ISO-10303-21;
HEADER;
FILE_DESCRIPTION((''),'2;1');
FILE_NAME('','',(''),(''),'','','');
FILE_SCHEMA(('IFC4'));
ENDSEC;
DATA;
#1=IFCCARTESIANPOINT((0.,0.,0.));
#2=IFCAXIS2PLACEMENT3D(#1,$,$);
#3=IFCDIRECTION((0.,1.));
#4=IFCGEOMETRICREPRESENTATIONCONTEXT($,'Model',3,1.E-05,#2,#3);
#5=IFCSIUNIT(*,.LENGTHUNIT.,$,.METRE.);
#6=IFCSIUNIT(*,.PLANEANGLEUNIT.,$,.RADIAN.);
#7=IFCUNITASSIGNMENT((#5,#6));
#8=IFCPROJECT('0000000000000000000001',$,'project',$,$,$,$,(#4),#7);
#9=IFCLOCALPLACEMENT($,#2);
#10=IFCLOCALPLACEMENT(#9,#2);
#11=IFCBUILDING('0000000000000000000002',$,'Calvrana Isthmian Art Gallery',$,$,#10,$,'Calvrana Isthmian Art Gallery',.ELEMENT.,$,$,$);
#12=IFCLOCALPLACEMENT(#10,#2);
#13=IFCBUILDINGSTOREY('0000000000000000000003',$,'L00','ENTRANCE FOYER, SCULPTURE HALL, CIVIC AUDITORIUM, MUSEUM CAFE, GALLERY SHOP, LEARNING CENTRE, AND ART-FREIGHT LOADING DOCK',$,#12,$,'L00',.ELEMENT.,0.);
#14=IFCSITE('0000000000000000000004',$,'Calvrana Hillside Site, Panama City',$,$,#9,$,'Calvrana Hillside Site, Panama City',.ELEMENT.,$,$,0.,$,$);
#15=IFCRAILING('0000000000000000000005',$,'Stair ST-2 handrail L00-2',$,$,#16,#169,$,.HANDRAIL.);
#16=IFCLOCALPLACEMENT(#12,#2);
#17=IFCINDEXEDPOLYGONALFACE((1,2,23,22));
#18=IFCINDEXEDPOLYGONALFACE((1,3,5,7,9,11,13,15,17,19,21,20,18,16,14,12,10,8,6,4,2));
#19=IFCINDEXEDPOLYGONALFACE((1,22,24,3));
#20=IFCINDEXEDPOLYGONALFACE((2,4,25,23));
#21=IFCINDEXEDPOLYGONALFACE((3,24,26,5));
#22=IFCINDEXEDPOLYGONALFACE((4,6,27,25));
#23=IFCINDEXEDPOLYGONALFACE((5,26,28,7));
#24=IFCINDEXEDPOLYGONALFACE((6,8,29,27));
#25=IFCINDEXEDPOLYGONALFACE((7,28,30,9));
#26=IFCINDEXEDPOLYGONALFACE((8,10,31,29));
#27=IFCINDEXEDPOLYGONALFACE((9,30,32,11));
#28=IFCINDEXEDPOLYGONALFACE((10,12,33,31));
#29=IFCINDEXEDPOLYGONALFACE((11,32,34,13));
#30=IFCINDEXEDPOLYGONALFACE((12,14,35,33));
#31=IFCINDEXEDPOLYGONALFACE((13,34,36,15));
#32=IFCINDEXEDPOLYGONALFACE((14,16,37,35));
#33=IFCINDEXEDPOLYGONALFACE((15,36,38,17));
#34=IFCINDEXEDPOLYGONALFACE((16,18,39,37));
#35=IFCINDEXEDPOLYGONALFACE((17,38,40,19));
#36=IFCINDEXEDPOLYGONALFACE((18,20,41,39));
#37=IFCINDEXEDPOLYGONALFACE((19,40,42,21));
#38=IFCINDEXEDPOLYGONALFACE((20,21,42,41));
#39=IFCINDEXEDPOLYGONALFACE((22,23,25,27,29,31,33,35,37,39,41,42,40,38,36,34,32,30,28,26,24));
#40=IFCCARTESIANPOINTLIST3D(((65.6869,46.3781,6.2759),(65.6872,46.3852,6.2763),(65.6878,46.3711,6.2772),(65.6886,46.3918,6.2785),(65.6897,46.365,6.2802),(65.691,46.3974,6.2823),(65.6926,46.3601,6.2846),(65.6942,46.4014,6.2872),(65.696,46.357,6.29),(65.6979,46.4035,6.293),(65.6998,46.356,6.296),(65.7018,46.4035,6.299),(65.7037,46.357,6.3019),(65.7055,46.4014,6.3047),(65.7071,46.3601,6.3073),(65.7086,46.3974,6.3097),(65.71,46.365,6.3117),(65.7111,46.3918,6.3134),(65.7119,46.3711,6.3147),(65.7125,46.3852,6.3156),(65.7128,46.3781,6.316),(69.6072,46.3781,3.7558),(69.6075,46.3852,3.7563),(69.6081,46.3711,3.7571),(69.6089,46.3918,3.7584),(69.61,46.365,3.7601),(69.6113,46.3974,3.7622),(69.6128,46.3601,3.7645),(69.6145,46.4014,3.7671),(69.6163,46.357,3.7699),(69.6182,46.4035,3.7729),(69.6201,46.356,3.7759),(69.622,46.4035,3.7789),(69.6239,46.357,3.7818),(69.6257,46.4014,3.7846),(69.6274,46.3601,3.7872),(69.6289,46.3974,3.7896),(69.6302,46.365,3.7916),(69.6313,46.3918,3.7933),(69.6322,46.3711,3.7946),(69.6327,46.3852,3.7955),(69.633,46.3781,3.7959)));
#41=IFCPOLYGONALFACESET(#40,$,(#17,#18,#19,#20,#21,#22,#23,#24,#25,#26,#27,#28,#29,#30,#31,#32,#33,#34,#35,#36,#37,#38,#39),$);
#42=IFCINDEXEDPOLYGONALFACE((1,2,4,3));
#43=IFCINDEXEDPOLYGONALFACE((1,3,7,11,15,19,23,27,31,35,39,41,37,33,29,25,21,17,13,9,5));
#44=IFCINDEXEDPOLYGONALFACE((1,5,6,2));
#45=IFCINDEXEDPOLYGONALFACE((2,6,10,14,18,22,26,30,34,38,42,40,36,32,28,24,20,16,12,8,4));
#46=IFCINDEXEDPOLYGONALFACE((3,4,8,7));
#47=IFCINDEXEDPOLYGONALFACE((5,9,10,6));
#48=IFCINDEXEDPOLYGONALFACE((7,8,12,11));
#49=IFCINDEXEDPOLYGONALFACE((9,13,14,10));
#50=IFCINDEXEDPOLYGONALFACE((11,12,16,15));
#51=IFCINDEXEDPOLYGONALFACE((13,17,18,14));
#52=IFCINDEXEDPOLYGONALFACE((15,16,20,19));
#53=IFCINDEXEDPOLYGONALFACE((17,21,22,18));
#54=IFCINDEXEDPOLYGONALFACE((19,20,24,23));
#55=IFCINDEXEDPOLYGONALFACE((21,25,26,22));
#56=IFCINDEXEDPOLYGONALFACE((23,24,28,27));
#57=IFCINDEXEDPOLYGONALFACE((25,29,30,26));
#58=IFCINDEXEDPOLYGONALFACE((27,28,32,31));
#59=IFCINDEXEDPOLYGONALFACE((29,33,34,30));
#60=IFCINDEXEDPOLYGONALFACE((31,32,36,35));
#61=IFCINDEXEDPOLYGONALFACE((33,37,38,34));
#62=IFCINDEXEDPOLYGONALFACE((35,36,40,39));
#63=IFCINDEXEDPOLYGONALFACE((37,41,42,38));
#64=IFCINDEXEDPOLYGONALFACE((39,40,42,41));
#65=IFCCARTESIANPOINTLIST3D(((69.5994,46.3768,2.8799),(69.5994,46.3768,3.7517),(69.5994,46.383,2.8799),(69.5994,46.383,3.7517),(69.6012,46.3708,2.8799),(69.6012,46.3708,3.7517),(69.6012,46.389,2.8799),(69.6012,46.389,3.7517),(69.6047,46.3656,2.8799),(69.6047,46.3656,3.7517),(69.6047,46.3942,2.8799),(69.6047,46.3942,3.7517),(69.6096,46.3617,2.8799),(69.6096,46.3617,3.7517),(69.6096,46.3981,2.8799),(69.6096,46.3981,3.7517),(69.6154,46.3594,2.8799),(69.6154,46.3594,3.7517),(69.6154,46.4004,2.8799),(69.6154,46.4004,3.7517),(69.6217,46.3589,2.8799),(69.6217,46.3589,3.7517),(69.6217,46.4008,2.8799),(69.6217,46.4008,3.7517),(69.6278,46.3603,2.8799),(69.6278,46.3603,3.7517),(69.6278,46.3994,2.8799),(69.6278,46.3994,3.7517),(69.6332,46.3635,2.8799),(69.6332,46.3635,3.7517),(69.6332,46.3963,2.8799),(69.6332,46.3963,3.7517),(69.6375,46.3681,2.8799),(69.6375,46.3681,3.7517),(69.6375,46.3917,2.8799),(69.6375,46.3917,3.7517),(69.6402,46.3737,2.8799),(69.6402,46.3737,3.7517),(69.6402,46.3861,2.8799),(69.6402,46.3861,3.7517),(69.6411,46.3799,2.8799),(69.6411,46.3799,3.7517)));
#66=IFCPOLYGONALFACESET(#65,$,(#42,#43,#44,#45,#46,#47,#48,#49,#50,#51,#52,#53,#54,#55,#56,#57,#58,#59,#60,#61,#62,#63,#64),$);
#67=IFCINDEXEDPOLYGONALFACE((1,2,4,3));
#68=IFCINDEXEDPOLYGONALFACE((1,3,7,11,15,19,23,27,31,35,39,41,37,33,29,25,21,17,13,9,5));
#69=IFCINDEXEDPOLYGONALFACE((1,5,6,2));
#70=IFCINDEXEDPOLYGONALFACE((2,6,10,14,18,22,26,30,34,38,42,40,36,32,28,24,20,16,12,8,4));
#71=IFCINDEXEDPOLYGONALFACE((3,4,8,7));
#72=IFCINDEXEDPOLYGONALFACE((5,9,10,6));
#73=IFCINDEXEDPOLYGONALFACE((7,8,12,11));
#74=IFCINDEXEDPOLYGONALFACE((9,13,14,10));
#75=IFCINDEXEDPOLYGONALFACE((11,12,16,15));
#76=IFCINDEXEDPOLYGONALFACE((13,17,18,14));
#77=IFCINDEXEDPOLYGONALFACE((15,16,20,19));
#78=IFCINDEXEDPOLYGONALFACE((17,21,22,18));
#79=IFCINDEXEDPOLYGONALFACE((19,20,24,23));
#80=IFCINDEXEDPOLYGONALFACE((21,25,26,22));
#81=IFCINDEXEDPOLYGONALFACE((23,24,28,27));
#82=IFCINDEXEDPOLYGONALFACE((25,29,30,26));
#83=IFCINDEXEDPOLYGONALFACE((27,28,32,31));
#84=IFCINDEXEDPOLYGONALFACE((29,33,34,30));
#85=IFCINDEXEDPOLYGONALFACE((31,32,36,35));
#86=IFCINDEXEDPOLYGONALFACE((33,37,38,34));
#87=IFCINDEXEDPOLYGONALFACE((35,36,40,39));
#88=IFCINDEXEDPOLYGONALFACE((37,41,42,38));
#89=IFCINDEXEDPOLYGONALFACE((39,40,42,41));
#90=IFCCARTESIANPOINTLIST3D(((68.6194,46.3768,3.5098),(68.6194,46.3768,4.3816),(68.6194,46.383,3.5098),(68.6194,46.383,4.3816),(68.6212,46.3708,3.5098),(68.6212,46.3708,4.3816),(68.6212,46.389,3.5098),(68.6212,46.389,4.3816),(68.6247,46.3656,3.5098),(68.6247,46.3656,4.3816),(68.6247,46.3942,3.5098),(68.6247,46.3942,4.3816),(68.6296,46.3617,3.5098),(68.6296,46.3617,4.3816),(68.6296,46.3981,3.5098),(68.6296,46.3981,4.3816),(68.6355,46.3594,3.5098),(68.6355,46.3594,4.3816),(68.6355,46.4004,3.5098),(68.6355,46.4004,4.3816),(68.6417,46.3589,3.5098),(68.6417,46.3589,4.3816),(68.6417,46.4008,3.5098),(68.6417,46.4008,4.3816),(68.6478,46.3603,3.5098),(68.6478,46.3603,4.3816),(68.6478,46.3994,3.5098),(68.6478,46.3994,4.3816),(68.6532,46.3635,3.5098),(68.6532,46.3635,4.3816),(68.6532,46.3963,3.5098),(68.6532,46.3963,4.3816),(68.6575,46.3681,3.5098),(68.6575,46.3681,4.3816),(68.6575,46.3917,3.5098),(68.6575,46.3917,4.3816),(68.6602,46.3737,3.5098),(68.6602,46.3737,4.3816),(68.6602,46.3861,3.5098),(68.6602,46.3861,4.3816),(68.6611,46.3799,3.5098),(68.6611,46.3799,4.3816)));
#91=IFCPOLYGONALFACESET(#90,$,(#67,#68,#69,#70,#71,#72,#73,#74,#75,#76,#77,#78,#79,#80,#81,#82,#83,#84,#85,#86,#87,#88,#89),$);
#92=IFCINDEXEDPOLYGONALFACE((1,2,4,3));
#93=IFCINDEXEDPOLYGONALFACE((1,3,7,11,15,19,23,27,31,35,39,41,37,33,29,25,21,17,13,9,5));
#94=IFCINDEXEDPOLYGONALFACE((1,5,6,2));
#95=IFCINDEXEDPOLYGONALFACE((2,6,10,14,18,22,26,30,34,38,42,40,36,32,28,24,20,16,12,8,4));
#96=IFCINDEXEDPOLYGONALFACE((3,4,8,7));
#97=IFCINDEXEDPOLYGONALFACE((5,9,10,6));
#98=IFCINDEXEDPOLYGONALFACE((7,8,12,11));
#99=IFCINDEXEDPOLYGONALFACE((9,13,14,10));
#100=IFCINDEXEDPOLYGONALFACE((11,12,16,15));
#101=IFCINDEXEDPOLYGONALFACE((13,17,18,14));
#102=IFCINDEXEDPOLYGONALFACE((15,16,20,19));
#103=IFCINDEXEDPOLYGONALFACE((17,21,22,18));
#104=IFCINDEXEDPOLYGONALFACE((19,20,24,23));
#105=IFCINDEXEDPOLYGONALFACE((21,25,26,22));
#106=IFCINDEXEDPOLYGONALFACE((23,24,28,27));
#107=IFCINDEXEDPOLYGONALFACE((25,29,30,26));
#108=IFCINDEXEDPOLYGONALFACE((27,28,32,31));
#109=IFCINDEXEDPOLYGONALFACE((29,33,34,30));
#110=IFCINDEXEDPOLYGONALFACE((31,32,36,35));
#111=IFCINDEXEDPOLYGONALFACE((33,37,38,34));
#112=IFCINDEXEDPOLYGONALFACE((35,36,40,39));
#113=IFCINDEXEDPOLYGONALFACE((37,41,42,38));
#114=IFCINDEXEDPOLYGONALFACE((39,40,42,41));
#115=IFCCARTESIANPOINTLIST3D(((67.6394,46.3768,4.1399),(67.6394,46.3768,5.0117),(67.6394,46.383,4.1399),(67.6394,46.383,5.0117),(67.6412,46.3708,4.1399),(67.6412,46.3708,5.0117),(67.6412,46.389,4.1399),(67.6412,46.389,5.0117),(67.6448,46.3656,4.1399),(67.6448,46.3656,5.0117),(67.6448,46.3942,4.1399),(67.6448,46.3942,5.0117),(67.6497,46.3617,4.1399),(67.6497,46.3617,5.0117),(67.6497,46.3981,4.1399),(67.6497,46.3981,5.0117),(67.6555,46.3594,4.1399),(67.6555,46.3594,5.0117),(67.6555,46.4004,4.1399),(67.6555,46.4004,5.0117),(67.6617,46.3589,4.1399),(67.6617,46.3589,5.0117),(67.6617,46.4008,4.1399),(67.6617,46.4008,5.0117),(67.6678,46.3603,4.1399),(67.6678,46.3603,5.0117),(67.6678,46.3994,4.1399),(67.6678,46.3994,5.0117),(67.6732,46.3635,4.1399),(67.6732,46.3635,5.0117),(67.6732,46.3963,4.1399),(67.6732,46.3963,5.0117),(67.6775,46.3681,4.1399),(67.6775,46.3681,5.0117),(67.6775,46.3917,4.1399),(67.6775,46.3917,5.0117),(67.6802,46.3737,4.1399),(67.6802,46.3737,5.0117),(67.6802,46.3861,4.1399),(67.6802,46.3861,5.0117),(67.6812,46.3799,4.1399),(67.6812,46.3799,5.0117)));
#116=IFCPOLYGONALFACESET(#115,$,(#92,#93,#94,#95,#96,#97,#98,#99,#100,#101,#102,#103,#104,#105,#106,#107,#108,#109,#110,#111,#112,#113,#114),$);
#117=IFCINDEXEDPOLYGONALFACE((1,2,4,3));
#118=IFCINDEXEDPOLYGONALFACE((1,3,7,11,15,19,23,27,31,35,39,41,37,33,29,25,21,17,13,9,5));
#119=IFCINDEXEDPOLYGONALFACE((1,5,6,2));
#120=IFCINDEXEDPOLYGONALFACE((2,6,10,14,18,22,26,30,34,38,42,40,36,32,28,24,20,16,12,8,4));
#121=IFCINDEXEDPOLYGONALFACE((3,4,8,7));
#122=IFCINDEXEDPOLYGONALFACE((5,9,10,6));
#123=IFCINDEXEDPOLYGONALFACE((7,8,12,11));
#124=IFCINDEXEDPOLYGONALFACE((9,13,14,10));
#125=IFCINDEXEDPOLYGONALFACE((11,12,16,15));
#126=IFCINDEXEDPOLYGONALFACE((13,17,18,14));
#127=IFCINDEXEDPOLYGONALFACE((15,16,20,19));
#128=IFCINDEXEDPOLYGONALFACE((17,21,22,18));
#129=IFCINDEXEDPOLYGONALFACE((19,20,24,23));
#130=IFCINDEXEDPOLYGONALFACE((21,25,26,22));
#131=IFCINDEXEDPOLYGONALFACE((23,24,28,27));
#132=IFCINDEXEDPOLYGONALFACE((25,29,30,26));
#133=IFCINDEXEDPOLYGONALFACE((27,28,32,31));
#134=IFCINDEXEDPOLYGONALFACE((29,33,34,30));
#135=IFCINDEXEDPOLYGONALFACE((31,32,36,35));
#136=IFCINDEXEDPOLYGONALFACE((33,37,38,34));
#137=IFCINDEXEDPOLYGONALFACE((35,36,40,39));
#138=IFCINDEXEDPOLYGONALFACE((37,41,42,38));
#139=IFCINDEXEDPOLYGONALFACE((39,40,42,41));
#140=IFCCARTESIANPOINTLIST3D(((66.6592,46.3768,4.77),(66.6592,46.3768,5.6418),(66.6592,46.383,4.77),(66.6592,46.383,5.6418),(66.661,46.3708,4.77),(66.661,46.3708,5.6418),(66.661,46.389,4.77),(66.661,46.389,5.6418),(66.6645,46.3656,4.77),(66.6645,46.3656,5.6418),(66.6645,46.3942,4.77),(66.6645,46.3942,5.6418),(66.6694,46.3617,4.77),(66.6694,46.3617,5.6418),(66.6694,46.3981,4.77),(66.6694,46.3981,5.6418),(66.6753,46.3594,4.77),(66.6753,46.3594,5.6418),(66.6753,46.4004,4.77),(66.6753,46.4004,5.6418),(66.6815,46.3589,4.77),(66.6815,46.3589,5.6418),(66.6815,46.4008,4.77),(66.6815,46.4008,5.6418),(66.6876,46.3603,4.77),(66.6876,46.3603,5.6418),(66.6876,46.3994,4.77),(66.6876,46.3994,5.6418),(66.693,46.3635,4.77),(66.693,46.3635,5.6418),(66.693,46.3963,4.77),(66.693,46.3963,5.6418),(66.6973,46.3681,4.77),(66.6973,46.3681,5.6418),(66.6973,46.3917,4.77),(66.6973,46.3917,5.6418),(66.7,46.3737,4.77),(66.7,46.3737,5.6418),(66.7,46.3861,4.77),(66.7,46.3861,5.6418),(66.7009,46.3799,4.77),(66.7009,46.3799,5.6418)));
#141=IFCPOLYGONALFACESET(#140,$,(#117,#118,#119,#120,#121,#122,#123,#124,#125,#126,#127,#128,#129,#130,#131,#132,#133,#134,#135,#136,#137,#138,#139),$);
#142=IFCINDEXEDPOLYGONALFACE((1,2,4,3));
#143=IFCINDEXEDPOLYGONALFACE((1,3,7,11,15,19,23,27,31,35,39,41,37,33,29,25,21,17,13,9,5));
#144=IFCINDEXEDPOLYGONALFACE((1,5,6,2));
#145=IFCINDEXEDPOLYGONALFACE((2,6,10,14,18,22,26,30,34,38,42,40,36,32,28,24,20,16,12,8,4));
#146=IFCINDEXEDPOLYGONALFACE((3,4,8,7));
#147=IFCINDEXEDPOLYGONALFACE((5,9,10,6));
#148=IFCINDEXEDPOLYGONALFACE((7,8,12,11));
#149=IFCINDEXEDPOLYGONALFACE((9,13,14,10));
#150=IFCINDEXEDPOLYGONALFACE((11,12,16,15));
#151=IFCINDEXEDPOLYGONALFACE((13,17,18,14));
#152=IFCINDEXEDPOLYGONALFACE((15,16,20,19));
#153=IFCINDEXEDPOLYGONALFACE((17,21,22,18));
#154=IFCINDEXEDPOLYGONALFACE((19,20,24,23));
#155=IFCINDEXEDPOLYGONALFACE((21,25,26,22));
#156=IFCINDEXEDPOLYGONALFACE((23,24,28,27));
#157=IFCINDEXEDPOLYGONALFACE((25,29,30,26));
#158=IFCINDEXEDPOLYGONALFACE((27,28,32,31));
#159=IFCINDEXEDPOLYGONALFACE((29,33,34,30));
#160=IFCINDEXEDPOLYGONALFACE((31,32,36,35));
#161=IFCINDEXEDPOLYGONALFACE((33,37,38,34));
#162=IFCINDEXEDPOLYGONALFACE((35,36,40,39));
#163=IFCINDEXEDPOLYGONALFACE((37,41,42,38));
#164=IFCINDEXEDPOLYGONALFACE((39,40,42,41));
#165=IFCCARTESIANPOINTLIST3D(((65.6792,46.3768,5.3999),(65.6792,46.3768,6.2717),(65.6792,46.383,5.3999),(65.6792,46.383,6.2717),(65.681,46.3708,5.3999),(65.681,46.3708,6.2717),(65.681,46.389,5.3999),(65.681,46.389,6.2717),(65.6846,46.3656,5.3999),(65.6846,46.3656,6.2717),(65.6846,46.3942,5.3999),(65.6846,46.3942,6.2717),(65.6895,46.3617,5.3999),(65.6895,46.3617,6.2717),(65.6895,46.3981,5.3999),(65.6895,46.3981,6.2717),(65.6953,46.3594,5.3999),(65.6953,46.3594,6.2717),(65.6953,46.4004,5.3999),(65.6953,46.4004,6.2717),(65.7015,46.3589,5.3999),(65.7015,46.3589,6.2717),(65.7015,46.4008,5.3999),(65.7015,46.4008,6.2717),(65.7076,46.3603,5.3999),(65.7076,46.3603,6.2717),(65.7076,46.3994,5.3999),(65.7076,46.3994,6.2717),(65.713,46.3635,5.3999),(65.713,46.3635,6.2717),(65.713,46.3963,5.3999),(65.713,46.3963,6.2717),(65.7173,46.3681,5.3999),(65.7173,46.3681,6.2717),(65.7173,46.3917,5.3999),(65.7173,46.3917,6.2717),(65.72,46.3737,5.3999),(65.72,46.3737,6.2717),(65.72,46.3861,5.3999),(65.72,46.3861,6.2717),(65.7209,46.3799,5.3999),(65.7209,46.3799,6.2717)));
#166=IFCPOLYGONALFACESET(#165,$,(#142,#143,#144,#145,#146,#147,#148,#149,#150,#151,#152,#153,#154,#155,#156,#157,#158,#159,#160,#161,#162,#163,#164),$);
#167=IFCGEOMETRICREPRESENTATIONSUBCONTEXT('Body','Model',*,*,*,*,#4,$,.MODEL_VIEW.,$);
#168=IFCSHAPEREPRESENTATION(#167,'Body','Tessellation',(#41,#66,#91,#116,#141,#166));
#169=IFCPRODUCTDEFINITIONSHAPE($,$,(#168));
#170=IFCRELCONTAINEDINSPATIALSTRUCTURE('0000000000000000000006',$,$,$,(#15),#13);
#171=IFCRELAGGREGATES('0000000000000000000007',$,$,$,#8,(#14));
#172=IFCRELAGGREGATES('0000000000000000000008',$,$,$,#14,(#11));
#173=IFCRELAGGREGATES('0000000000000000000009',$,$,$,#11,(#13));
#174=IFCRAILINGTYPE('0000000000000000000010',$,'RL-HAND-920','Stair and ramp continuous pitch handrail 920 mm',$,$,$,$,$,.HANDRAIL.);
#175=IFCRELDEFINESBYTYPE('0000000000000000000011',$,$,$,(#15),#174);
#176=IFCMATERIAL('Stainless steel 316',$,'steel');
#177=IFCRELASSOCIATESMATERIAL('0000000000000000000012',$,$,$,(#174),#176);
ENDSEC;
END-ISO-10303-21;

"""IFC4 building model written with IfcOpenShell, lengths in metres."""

from ifc_helpers import new_model, si_unit, direction, frame, origin, origin_2d, place, context, subcontext, project, spatial, circle, extrude, material, type_object, element, save


model = new_model("IFC4")

# Units and contexts
model_context = context("Model", 3, precision=1e-05, world=origin(), true_north=direction((0.0, 1.0)))
body_context = subcontext(model_context, "Body", "Model", "MODEL_VIEW")
ifc_project = project(units=[si_unit("LENGTHUNIT", "METRE"), si_unit("PLANEANGLEUNIT", "RADIAN")], contexts=[model_context])

# Site, building, storey
site_placement = place(None, origin())
site = spatial("IfcSite", under=ifc_project, at=site_placement, Name="Calvrana Hillside Site, Panama City", LongName="Calvrana Hillside Site, Panama City", CompositionType="ELEMENT", RefElevation=0.0)
building_placement = place(site_placement, origin())
building = spatial("IfcBuilding", under=site, at=building_placement, Name="Calvrana Isthmian Art Gallery", LongName="Calvrana Isthmian Art Gallery", CompositionType="ELEMENT")
storey_placement = place(building_placement, origin())
storey = spatial("IfcBuildingStorey", under=building, at=storey_placement, Name="L00", Description="ENTRANCE FOYER, SCULPTURE HALL, CIVIC AUDITORIUM, MUSEUM CAFE, GALLERY SHOP, LEARNING CENTRE, AND ART-FREIGHT LOADING DOCK", LongName="L00", CompositionType="ELEMENT", Elevation=0.0)

# Shared definitions
ifc_material_1 = material(Name="Stainless steel 316", Category="steel")

# Railing
railing_type_1 = type_object("IfcRailingType", Name="RL-HAND-920", Description="Stair and ramp continuous pitch handrail 920 mm", PredefinedType="HANDRAIL", material=ifc_material_1)
railing_1_placement = place(storey_placement, frame((69.6201, 46.3799, 2.8799)))
element("IfcRailing", 1, at=railing_1_placement, inside=storey, type_object=railing_type_1, Name="Stair ST-2 handrail L00-2", PredefinedType="HANDRAIL", context=body_context, shape_type="SweptSolid", body=[
    extrude(circle(Radius=0.0239, at=origin_2d()), frame((0.0, 0.0, 0.896), z_axis=(-0.841187, 0.0, 0.540744), x_axis=(0.0, -1.0, 0.0)), (0.0, 0.0, 1.0), 4.6604),
    extrude(circle(Radius=0.021, at=origin_2d()), origin(), (0.0, 0.0, 1.0), 0.8718),
    extrude(circle(Radius=0.021, at=origin_2d()), frame((-0.98, 0.0, 0.6299)), (0.0, 0.0, 1.0), 0.8718),
    extrude(circle(Radius=0.021, at=origin_2d()), frame((-1.96, 0.0, 1.26)), (0.0, 0.0, 1.0), 0.8718),
    extrude(circle(Radius=0.021, at=origin_2d()), frame((-2.9402, 0.0, 1.8901)), (0.0, 0.0, 1.0), 0.8718),
    extrude(circle(Radius=0.021, at=origin_2d()), frame((-3.9202, 0.0, 2.52)), (0.0, 0.0, 1.0), 0.8718),
])

save(model, "model.ifc")
